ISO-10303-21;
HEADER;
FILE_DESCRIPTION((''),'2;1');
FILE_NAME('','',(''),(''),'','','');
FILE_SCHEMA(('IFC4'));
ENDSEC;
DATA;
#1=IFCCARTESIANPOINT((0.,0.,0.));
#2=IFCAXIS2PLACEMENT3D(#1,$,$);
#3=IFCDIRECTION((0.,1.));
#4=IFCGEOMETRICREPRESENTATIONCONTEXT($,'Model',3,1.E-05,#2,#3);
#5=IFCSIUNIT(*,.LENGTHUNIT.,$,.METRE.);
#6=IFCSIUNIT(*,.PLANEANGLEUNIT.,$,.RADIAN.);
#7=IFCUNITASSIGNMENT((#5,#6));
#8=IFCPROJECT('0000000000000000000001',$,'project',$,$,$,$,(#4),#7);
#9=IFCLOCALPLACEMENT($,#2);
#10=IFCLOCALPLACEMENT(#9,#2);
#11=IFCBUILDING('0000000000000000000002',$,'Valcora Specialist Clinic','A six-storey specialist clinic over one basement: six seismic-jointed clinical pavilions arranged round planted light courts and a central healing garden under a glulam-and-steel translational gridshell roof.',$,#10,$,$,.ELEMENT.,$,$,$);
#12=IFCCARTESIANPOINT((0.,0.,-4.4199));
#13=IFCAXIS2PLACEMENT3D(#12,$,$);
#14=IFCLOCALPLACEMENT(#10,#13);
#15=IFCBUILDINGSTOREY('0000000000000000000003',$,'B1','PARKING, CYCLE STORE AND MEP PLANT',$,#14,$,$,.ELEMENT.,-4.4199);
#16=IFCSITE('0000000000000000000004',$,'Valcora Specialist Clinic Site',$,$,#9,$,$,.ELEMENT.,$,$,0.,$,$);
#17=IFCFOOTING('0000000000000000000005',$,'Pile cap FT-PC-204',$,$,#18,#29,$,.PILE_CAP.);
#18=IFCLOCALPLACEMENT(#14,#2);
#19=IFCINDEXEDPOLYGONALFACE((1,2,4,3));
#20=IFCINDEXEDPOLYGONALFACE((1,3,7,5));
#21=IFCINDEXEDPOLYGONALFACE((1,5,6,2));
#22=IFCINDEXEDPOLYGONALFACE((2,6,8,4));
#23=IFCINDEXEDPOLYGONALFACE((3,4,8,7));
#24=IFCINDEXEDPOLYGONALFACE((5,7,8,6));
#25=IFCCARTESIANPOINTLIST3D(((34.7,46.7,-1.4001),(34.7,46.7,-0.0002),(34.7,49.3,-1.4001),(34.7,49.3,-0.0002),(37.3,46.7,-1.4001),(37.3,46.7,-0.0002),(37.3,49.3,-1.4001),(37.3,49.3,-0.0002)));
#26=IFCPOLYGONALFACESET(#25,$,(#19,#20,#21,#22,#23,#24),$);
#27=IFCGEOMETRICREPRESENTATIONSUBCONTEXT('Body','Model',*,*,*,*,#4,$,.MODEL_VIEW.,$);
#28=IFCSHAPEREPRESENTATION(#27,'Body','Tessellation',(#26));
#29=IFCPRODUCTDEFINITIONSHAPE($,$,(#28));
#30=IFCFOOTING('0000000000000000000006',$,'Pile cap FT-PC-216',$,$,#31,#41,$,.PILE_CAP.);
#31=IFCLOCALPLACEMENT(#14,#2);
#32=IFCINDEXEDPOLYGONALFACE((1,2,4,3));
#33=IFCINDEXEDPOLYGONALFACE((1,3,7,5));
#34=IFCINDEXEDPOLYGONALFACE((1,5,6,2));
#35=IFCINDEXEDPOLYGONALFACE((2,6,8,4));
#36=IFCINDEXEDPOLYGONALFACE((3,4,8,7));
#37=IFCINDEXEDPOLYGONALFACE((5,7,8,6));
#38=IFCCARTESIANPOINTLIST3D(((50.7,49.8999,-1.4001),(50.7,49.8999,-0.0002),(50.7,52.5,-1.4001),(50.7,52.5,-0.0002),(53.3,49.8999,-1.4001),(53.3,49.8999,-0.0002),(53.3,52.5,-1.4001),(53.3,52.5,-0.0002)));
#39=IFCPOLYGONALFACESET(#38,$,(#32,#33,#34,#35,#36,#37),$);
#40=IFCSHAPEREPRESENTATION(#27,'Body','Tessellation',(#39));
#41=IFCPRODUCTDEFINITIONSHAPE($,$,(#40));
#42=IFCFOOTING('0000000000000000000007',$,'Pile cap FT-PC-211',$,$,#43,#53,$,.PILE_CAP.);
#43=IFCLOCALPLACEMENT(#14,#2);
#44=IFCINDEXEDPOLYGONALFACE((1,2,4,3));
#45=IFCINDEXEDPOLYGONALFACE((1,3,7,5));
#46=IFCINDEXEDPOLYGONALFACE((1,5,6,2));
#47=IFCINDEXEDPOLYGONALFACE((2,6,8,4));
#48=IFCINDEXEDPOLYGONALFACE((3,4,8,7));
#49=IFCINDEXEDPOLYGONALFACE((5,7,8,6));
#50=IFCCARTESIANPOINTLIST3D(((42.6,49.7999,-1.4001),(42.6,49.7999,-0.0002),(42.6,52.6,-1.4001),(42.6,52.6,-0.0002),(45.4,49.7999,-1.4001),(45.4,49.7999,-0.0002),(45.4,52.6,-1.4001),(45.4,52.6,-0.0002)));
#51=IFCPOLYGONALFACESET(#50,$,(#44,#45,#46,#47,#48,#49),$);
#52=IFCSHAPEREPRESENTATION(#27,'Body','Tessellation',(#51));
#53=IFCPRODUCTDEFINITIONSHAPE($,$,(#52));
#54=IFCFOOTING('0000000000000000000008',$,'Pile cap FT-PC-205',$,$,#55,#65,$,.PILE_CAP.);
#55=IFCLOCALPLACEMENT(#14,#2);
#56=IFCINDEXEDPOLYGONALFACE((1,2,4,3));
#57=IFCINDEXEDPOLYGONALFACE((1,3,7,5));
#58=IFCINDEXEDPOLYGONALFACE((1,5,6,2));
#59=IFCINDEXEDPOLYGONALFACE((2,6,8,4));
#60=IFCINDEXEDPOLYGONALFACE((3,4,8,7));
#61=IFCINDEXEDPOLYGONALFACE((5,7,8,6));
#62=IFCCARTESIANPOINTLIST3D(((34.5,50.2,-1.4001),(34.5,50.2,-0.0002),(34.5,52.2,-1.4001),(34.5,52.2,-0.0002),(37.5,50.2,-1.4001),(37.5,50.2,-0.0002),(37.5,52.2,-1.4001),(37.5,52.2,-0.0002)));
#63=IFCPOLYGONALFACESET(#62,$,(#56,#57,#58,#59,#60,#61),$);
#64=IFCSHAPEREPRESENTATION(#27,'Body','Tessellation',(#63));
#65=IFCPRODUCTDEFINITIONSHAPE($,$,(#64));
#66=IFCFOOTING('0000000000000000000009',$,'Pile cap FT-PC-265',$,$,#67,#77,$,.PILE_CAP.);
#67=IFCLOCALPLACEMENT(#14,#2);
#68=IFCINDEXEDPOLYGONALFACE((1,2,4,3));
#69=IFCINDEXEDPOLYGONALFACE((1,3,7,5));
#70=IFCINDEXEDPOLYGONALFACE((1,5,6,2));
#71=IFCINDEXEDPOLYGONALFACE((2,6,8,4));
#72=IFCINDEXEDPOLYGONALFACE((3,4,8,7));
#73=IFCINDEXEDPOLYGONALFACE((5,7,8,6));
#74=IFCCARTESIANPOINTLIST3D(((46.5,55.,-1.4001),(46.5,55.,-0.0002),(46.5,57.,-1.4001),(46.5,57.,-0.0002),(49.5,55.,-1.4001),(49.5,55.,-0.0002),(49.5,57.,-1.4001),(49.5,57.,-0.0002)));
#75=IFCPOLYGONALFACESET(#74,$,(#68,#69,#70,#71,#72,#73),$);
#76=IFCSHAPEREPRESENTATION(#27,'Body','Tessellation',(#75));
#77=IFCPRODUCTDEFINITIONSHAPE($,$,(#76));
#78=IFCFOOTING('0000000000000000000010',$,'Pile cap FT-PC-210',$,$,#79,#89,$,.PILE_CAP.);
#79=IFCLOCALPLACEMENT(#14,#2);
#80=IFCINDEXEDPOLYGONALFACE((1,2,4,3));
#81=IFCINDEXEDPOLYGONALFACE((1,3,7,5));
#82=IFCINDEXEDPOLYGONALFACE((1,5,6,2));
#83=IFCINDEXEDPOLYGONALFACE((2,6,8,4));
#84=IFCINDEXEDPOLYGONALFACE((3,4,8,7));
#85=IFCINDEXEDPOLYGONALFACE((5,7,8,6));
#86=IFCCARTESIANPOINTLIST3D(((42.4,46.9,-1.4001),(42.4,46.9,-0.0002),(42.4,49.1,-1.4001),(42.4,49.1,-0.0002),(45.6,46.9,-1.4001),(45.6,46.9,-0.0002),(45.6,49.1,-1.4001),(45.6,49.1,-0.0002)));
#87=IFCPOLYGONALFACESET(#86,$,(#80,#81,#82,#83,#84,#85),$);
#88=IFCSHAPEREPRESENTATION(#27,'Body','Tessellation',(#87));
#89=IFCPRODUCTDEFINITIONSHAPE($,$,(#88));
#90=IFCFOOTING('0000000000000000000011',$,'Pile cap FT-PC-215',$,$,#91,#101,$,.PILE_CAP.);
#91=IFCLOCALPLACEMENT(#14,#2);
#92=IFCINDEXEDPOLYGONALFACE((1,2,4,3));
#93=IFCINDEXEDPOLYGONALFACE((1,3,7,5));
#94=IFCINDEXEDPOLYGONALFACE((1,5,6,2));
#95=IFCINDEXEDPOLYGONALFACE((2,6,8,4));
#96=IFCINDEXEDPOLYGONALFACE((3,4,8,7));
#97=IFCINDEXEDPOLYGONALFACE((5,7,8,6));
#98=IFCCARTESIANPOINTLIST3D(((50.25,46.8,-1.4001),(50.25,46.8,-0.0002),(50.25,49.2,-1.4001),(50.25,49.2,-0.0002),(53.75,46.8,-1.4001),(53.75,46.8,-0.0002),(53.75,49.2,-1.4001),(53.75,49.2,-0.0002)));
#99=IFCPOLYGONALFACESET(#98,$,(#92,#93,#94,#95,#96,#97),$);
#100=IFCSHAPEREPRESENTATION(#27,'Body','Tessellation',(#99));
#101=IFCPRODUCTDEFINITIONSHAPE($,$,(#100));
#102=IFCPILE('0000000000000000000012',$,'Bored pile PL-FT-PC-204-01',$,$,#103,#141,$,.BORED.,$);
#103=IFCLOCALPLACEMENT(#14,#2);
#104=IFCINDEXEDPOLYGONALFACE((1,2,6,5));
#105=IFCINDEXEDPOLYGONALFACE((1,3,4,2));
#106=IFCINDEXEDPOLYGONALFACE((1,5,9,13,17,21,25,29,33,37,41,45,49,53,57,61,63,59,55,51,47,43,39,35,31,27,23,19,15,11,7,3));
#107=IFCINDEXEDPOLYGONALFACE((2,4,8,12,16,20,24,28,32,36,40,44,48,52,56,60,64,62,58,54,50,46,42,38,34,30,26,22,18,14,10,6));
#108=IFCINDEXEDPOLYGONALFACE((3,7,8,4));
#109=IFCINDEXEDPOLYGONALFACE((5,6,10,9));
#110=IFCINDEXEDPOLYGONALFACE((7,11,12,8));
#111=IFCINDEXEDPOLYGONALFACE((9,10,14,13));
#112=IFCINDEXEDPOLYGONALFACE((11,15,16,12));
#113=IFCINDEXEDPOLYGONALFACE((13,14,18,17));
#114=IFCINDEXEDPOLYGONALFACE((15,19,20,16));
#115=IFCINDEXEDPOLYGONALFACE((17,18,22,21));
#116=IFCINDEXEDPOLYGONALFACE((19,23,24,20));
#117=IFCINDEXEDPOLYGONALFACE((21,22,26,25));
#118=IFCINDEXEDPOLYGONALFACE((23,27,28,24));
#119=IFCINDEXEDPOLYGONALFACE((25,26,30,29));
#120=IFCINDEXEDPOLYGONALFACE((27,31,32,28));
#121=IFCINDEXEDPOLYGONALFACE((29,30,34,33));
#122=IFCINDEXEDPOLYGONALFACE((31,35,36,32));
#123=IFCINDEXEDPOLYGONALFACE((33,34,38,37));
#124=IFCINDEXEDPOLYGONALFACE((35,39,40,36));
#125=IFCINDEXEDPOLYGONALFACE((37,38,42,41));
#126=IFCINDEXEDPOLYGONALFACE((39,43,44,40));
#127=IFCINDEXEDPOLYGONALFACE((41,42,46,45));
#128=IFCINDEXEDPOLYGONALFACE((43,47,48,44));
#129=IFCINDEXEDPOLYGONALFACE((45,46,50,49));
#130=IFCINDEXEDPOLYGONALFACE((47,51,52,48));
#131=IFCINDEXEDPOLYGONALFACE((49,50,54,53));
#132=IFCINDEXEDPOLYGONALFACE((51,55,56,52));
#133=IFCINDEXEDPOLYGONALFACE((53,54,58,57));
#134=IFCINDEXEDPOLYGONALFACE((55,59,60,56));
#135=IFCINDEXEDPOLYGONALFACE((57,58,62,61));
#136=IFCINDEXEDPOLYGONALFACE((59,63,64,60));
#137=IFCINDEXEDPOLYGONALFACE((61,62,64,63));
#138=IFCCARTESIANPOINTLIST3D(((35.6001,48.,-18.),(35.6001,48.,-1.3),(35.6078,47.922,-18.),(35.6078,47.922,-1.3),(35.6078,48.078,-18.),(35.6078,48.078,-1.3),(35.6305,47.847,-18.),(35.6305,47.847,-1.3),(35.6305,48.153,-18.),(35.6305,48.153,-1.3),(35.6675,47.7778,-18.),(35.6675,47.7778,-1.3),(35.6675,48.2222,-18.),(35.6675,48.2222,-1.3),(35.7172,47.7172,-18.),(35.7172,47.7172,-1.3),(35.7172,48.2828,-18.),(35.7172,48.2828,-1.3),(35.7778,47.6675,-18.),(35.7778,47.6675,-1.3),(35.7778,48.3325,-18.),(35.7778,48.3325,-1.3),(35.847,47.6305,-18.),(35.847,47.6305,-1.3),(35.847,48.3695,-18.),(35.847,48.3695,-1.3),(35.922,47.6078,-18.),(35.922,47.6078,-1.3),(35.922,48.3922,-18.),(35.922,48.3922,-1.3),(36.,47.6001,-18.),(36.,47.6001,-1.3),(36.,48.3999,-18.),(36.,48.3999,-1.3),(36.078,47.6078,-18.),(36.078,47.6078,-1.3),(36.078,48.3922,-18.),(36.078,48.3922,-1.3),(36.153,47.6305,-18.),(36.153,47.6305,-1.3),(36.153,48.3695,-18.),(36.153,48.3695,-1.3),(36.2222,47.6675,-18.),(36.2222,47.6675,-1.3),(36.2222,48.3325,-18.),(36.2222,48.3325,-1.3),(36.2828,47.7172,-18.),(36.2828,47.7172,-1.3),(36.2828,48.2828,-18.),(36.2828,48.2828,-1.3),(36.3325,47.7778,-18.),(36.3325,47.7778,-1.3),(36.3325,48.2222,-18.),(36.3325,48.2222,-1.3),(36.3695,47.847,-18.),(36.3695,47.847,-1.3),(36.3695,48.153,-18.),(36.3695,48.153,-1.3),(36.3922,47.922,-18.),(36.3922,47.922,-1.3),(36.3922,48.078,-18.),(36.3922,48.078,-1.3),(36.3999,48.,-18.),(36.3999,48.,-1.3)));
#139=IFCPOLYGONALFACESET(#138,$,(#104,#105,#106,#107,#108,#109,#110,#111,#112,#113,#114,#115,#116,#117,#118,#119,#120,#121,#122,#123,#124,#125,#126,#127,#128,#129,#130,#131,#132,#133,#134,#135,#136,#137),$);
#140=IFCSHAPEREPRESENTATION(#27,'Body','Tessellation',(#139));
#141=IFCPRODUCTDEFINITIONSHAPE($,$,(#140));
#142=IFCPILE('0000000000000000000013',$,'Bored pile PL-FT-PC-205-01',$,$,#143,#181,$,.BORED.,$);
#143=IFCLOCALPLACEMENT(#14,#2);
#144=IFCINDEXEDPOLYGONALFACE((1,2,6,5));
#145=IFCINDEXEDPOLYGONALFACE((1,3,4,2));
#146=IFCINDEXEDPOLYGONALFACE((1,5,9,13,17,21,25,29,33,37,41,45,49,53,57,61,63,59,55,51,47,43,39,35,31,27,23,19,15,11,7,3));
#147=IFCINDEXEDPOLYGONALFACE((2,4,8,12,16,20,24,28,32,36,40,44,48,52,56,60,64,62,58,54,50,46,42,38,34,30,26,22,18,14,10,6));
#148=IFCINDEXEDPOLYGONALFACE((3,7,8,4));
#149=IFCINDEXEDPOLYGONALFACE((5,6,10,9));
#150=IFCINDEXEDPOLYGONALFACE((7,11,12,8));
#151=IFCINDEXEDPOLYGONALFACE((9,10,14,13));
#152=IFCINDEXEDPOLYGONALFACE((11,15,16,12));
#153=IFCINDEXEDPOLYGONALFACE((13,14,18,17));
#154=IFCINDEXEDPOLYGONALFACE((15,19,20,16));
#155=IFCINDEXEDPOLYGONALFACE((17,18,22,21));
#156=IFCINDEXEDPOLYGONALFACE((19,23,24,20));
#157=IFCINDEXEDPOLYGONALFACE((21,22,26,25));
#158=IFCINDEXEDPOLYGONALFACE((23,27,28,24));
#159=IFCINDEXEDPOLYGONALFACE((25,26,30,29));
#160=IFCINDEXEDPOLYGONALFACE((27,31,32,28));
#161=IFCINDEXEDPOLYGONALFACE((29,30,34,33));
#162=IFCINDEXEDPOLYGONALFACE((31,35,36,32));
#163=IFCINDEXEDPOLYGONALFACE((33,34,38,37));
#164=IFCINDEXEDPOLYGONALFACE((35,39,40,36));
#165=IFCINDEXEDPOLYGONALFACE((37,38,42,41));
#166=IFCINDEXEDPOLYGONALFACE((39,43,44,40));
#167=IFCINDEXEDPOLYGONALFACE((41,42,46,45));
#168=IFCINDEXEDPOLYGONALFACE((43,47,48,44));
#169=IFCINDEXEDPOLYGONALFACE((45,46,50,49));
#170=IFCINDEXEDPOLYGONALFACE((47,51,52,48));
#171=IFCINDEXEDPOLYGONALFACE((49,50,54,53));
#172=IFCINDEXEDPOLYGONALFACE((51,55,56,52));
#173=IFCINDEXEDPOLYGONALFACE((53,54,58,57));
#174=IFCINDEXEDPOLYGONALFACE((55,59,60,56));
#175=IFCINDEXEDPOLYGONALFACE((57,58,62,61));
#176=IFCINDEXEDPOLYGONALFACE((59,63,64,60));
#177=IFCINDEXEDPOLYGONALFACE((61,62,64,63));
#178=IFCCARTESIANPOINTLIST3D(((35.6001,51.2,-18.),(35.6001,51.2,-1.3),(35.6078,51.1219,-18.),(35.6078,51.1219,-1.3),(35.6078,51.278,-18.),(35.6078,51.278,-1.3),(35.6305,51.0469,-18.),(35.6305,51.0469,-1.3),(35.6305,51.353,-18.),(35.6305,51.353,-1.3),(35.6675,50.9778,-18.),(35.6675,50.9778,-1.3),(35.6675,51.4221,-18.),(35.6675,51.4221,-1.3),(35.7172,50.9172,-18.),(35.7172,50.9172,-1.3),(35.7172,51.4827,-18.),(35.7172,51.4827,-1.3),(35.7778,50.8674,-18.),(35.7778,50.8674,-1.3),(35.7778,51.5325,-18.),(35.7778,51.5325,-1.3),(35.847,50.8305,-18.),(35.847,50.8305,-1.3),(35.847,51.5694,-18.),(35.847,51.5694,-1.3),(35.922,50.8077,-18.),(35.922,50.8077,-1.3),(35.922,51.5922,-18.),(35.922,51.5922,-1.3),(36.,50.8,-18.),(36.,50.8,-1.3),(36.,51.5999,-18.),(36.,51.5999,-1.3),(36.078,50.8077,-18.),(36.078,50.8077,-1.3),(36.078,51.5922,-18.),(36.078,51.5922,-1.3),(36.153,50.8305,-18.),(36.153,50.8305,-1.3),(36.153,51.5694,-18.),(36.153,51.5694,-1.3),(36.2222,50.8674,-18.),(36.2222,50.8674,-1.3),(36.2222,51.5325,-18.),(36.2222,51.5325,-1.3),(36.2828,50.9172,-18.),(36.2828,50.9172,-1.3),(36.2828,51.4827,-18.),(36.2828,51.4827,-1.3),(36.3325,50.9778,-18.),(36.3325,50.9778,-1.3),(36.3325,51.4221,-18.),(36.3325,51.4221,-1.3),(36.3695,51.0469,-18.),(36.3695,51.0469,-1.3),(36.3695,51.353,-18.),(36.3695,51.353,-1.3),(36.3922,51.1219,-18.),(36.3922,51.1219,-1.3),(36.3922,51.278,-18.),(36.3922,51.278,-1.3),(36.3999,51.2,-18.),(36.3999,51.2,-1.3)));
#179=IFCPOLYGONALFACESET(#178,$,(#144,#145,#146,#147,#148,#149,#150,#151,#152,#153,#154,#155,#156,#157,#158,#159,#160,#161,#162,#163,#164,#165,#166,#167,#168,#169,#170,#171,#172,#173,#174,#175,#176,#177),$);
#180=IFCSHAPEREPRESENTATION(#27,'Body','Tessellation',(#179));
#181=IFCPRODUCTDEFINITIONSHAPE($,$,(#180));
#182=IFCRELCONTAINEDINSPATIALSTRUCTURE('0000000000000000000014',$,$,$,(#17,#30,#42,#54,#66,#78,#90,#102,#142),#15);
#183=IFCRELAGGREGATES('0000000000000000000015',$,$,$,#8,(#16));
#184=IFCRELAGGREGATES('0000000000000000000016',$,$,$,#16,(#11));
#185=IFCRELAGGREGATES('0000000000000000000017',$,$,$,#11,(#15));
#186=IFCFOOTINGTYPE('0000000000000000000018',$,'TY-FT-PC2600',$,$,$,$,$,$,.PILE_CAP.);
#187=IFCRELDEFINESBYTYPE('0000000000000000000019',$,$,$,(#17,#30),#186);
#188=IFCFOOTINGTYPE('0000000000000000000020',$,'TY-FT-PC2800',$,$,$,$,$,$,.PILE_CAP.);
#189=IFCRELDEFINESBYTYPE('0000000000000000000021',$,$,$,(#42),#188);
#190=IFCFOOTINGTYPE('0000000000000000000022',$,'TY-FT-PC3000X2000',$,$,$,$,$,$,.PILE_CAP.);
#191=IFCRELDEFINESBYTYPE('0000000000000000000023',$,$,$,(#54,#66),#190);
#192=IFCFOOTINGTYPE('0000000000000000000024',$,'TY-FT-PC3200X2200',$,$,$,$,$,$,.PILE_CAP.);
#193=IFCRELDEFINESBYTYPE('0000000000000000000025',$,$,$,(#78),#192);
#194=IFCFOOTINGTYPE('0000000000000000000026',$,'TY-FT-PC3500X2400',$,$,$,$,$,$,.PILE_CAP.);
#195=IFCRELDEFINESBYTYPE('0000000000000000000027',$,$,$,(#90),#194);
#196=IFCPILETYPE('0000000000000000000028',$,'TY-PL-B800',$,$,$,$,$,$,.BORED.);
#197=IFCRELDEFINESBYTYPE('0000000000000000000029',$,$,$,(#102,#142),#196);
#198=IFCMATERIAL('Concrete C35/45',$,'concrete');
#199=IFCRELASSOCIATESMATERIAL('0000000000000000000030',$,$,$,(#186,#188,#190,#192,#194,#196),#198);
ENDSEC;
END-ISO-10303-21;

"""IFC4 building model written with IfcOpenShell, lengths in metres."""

from ifc_helpers import new_model, si_unit, direction, frame, origin, origin_2d, place, context, subcontext, project, spatial, rectangle, circle, extrude, material, material_profile, profile_set, type_object, element, save


model = new_model("IFC4")

# Units and contexts
model_context = context("Model", 3, precision=1e-05, world=origin(), true_north=direction((0.0, 1.0)))
body_context = subcontext(model_context, "Body", "Model", "MODEL_VIEW")
ifc_project = project(units=[si_unit("LENGTHUNIT", "METRE"), si_unit("PLANEANGLEUNIT", "RADIAN")], contexts=[model_context])

# Site, building, storey
site_placement = place(None, origin())
site = spatial("IfcSite", under=ifc_project, at=site_placement, Name="Valcora Specialist Clinic Site", CompositionType="ELEMENT", RefElevation=0.0)
building_placement = place(site_placement, origin())
building = spatial("IfcBuilding", under=site, at=building_placement, Name="Valcora Specialist Clinic", Description="A six-storey specialist clinic over one basement: six seismic-jointed clinical pavilions arranged round planted light courts and a central healing garden under a glulam-and-steel translational gridshell roof.", CompositionType="ELEMENT")
storey_placement = place(building_placement, frame((0.0, 0.0, -4.4199)))
storey = spatial("IfcBuildingStorey", under=building, at=storey_placement, Name="B1", Description="PARKING, CYCLE STORE AND MEP PLANT", CompositionType="ELEMENT", Elevation=-4.4199)

# Footings
ifc_material_1 = material(Name="Concrete C35/45", Category="concrete")
footing_type_1 = type_object("IfcFootingType", Name="TY-FT-PC2600", PredefinedType="PILE_CAP", material=ifc_material_1)
for number, where, z_axis, x_axis, name in (
    (1, (36.0, 48.0, -1.4001), (0.0, 0.0, 1.0), (1.0, 0.0, 0.0), "Pile cap FT-PC-204"),
    (2, (52.0, 51.2, -1.4001), (0.0, 0.0, 1.0), (1.0, 0.0, 0.0), "Pile cap FT-PC-216"),
):
    element("IfcFooting", number, at=place(storey_placement, frame(where, z_axis=z_axis, x_axis=x_axis)), inside=storey, type_object=footing_type_1, Name=name, PredefinedType="PILE_CAP", context=body_context, shape_type="SweptSolid", body=[
        extrude(rectangle(XDim=2.6001, YDim=2.6001, at=origin_2d()), origin(), (0.0, 0.0, 1.0), 1.3999),
    ])
footing_type_2 = type_object("IfcFootingType", Name="TY-FT-PC2800", PredefinedType="PILE_CAP", material=ifc_material_1)
footing_1_placement = place(storey_placement, frame((44.0, 51.2, -1.4001), z_axis=(0.0, 0.0, 1.0), x_axis=(1.0, 0.0, 0.0)))
element("IfcFooting", 3, at=footing_1_placement, inside=storey, type_object=footing_type_2, Name="Pile cap FT-PC-211", PredefinedType="PILE_CAP", context=body_context, shape_type="SweptSolid", body=[
    extrude(rectangle(XDim=2.8, YDim=2.8, at=origin_2d()), origin(), (0.0, 0.0, 1.0), 1.3999),
])
footing_type_3 = type_object("IfcFootingType", Name="TY-FT-PC3000X2000", PredefinedType="PILE_CAP", material=ifc_material_1)
for number, where, z_axis, x_axis, name in (
    (4, (36.0, 51.2, -1.4001), (0.0, 0.0, 1.0), (1.0, 0.0, 0.0), "Pile cap FT-PC-205"),
    (5, (48.0, 56.0, -1.4001), (0.0, 0.0, 1.0), (1.0, 0.0, 0.0), "Pile cap FT-PC-265"),
):
    element("IfcFooting", number, at=place(storey_placement, frame(where, z_axis=z_axis, x_axis=x_axis)), inside=storey, type_object=footing_type_3, Name=name, PredefinedType="PILE_CAP", context=body_context, shape_type="SweptSolid", body=[
        extrude(rectangle(XDim=3.0, YDim=2.0, at=origin_2d()), origin(), (0.0, 0.0, 1.0), 1.3999),
    ])
footing_type_4 = type_object("IfcFootingType", Name="TY-FT-PC3200X2200", PredefinedType="PILE_CAP", material=ifc_material_1)
footing_2_placement = place(storey_placement, frame((44.0, 48.0, -1.4001), z_axis=(0.0, 0.0, 1.0), x_axis=(1.0, 0.0, 0.0)))
element("IfcFooting", 6, at=footing_2_placement, inside=storey, type_object=footing_type_4, Name="Pile cap FT-PC-210", PredefinedType="PILE_CAP", context=body_context, shape_type="SweptSolid", body=[
    extrude(rectangle(XDim=3.2, YDim=2.2, at=origin_2d()), origin(), (0.0, 0.0, 1.0), 1.3999),
])
footing_type_5 = type_object("IfcFootingType", Name="TY-FT-PC3500X2400", PredefinedType="PILE_CAP", material=ifc_material_1)
footing_3_placement = place(storey_placement, frame((52.0, 48.0, -1.4001), z_axis=(0.0, 0.0, 1.0), x_axis=(1.0, 0.0, 0.0)))
element("IfcFooting", 7, at=footing_3_placement, inside=storey, type_object=footing_type_5, Name="Pile cap FT-PC-215", PredefinedType="PILE_CAP", context=body_context, shape_type="SweptSolid", body=[
    extrude(rectangle(XDim=3.5, YDim=2.3999, at=origin_2d()), origin(), (0.0, 0.0, 1.0), 1.3999),
])

# Piles
ifc_material_profile_1 = material_profile(ifc_material_1, circle(Radius=0.3999, at=origin_2d()), Name="RC-PIL-D800")
ifc_profile_set_1 = profile_set([ifc_material_profile_1], Name="Concrete C35/45")
pile_type_1 = type_object("IfcPileType", Name="TY-PL-B800", PredefinedType="BORED", material=ifc_profile_set_1)
for number, where, z_axis, x_axis, name in (
    (8, (36.0, 48.0, -1.3), (0.0, 0.0, -1.0), (1.0, 0.0, 0.0), "Bored pile PL-FT-PC-204-01"),
    (9, (36.0, 51.2, -1.3), (0.0, 0.0, -1.0), (1.0, 0.0, 0.0), "Bored pile PL-FT-PC-205-01"),
):
    element("IfcPile", number, at=place(storey_placement, frame(where, z_axis=z_axis, x_axis=x_axis)), inside=storey, type_object=pile_type_1, Name=name, PredefinedType="BORED", context=body_context, shape_type="SweptSolid", body=[
        extrude(circle(Radius=0.3999, at=origin_2d()), origin(), (0.0, 0.0, 1.0), 16.7),
    ])

save(model, "model.ifc")
